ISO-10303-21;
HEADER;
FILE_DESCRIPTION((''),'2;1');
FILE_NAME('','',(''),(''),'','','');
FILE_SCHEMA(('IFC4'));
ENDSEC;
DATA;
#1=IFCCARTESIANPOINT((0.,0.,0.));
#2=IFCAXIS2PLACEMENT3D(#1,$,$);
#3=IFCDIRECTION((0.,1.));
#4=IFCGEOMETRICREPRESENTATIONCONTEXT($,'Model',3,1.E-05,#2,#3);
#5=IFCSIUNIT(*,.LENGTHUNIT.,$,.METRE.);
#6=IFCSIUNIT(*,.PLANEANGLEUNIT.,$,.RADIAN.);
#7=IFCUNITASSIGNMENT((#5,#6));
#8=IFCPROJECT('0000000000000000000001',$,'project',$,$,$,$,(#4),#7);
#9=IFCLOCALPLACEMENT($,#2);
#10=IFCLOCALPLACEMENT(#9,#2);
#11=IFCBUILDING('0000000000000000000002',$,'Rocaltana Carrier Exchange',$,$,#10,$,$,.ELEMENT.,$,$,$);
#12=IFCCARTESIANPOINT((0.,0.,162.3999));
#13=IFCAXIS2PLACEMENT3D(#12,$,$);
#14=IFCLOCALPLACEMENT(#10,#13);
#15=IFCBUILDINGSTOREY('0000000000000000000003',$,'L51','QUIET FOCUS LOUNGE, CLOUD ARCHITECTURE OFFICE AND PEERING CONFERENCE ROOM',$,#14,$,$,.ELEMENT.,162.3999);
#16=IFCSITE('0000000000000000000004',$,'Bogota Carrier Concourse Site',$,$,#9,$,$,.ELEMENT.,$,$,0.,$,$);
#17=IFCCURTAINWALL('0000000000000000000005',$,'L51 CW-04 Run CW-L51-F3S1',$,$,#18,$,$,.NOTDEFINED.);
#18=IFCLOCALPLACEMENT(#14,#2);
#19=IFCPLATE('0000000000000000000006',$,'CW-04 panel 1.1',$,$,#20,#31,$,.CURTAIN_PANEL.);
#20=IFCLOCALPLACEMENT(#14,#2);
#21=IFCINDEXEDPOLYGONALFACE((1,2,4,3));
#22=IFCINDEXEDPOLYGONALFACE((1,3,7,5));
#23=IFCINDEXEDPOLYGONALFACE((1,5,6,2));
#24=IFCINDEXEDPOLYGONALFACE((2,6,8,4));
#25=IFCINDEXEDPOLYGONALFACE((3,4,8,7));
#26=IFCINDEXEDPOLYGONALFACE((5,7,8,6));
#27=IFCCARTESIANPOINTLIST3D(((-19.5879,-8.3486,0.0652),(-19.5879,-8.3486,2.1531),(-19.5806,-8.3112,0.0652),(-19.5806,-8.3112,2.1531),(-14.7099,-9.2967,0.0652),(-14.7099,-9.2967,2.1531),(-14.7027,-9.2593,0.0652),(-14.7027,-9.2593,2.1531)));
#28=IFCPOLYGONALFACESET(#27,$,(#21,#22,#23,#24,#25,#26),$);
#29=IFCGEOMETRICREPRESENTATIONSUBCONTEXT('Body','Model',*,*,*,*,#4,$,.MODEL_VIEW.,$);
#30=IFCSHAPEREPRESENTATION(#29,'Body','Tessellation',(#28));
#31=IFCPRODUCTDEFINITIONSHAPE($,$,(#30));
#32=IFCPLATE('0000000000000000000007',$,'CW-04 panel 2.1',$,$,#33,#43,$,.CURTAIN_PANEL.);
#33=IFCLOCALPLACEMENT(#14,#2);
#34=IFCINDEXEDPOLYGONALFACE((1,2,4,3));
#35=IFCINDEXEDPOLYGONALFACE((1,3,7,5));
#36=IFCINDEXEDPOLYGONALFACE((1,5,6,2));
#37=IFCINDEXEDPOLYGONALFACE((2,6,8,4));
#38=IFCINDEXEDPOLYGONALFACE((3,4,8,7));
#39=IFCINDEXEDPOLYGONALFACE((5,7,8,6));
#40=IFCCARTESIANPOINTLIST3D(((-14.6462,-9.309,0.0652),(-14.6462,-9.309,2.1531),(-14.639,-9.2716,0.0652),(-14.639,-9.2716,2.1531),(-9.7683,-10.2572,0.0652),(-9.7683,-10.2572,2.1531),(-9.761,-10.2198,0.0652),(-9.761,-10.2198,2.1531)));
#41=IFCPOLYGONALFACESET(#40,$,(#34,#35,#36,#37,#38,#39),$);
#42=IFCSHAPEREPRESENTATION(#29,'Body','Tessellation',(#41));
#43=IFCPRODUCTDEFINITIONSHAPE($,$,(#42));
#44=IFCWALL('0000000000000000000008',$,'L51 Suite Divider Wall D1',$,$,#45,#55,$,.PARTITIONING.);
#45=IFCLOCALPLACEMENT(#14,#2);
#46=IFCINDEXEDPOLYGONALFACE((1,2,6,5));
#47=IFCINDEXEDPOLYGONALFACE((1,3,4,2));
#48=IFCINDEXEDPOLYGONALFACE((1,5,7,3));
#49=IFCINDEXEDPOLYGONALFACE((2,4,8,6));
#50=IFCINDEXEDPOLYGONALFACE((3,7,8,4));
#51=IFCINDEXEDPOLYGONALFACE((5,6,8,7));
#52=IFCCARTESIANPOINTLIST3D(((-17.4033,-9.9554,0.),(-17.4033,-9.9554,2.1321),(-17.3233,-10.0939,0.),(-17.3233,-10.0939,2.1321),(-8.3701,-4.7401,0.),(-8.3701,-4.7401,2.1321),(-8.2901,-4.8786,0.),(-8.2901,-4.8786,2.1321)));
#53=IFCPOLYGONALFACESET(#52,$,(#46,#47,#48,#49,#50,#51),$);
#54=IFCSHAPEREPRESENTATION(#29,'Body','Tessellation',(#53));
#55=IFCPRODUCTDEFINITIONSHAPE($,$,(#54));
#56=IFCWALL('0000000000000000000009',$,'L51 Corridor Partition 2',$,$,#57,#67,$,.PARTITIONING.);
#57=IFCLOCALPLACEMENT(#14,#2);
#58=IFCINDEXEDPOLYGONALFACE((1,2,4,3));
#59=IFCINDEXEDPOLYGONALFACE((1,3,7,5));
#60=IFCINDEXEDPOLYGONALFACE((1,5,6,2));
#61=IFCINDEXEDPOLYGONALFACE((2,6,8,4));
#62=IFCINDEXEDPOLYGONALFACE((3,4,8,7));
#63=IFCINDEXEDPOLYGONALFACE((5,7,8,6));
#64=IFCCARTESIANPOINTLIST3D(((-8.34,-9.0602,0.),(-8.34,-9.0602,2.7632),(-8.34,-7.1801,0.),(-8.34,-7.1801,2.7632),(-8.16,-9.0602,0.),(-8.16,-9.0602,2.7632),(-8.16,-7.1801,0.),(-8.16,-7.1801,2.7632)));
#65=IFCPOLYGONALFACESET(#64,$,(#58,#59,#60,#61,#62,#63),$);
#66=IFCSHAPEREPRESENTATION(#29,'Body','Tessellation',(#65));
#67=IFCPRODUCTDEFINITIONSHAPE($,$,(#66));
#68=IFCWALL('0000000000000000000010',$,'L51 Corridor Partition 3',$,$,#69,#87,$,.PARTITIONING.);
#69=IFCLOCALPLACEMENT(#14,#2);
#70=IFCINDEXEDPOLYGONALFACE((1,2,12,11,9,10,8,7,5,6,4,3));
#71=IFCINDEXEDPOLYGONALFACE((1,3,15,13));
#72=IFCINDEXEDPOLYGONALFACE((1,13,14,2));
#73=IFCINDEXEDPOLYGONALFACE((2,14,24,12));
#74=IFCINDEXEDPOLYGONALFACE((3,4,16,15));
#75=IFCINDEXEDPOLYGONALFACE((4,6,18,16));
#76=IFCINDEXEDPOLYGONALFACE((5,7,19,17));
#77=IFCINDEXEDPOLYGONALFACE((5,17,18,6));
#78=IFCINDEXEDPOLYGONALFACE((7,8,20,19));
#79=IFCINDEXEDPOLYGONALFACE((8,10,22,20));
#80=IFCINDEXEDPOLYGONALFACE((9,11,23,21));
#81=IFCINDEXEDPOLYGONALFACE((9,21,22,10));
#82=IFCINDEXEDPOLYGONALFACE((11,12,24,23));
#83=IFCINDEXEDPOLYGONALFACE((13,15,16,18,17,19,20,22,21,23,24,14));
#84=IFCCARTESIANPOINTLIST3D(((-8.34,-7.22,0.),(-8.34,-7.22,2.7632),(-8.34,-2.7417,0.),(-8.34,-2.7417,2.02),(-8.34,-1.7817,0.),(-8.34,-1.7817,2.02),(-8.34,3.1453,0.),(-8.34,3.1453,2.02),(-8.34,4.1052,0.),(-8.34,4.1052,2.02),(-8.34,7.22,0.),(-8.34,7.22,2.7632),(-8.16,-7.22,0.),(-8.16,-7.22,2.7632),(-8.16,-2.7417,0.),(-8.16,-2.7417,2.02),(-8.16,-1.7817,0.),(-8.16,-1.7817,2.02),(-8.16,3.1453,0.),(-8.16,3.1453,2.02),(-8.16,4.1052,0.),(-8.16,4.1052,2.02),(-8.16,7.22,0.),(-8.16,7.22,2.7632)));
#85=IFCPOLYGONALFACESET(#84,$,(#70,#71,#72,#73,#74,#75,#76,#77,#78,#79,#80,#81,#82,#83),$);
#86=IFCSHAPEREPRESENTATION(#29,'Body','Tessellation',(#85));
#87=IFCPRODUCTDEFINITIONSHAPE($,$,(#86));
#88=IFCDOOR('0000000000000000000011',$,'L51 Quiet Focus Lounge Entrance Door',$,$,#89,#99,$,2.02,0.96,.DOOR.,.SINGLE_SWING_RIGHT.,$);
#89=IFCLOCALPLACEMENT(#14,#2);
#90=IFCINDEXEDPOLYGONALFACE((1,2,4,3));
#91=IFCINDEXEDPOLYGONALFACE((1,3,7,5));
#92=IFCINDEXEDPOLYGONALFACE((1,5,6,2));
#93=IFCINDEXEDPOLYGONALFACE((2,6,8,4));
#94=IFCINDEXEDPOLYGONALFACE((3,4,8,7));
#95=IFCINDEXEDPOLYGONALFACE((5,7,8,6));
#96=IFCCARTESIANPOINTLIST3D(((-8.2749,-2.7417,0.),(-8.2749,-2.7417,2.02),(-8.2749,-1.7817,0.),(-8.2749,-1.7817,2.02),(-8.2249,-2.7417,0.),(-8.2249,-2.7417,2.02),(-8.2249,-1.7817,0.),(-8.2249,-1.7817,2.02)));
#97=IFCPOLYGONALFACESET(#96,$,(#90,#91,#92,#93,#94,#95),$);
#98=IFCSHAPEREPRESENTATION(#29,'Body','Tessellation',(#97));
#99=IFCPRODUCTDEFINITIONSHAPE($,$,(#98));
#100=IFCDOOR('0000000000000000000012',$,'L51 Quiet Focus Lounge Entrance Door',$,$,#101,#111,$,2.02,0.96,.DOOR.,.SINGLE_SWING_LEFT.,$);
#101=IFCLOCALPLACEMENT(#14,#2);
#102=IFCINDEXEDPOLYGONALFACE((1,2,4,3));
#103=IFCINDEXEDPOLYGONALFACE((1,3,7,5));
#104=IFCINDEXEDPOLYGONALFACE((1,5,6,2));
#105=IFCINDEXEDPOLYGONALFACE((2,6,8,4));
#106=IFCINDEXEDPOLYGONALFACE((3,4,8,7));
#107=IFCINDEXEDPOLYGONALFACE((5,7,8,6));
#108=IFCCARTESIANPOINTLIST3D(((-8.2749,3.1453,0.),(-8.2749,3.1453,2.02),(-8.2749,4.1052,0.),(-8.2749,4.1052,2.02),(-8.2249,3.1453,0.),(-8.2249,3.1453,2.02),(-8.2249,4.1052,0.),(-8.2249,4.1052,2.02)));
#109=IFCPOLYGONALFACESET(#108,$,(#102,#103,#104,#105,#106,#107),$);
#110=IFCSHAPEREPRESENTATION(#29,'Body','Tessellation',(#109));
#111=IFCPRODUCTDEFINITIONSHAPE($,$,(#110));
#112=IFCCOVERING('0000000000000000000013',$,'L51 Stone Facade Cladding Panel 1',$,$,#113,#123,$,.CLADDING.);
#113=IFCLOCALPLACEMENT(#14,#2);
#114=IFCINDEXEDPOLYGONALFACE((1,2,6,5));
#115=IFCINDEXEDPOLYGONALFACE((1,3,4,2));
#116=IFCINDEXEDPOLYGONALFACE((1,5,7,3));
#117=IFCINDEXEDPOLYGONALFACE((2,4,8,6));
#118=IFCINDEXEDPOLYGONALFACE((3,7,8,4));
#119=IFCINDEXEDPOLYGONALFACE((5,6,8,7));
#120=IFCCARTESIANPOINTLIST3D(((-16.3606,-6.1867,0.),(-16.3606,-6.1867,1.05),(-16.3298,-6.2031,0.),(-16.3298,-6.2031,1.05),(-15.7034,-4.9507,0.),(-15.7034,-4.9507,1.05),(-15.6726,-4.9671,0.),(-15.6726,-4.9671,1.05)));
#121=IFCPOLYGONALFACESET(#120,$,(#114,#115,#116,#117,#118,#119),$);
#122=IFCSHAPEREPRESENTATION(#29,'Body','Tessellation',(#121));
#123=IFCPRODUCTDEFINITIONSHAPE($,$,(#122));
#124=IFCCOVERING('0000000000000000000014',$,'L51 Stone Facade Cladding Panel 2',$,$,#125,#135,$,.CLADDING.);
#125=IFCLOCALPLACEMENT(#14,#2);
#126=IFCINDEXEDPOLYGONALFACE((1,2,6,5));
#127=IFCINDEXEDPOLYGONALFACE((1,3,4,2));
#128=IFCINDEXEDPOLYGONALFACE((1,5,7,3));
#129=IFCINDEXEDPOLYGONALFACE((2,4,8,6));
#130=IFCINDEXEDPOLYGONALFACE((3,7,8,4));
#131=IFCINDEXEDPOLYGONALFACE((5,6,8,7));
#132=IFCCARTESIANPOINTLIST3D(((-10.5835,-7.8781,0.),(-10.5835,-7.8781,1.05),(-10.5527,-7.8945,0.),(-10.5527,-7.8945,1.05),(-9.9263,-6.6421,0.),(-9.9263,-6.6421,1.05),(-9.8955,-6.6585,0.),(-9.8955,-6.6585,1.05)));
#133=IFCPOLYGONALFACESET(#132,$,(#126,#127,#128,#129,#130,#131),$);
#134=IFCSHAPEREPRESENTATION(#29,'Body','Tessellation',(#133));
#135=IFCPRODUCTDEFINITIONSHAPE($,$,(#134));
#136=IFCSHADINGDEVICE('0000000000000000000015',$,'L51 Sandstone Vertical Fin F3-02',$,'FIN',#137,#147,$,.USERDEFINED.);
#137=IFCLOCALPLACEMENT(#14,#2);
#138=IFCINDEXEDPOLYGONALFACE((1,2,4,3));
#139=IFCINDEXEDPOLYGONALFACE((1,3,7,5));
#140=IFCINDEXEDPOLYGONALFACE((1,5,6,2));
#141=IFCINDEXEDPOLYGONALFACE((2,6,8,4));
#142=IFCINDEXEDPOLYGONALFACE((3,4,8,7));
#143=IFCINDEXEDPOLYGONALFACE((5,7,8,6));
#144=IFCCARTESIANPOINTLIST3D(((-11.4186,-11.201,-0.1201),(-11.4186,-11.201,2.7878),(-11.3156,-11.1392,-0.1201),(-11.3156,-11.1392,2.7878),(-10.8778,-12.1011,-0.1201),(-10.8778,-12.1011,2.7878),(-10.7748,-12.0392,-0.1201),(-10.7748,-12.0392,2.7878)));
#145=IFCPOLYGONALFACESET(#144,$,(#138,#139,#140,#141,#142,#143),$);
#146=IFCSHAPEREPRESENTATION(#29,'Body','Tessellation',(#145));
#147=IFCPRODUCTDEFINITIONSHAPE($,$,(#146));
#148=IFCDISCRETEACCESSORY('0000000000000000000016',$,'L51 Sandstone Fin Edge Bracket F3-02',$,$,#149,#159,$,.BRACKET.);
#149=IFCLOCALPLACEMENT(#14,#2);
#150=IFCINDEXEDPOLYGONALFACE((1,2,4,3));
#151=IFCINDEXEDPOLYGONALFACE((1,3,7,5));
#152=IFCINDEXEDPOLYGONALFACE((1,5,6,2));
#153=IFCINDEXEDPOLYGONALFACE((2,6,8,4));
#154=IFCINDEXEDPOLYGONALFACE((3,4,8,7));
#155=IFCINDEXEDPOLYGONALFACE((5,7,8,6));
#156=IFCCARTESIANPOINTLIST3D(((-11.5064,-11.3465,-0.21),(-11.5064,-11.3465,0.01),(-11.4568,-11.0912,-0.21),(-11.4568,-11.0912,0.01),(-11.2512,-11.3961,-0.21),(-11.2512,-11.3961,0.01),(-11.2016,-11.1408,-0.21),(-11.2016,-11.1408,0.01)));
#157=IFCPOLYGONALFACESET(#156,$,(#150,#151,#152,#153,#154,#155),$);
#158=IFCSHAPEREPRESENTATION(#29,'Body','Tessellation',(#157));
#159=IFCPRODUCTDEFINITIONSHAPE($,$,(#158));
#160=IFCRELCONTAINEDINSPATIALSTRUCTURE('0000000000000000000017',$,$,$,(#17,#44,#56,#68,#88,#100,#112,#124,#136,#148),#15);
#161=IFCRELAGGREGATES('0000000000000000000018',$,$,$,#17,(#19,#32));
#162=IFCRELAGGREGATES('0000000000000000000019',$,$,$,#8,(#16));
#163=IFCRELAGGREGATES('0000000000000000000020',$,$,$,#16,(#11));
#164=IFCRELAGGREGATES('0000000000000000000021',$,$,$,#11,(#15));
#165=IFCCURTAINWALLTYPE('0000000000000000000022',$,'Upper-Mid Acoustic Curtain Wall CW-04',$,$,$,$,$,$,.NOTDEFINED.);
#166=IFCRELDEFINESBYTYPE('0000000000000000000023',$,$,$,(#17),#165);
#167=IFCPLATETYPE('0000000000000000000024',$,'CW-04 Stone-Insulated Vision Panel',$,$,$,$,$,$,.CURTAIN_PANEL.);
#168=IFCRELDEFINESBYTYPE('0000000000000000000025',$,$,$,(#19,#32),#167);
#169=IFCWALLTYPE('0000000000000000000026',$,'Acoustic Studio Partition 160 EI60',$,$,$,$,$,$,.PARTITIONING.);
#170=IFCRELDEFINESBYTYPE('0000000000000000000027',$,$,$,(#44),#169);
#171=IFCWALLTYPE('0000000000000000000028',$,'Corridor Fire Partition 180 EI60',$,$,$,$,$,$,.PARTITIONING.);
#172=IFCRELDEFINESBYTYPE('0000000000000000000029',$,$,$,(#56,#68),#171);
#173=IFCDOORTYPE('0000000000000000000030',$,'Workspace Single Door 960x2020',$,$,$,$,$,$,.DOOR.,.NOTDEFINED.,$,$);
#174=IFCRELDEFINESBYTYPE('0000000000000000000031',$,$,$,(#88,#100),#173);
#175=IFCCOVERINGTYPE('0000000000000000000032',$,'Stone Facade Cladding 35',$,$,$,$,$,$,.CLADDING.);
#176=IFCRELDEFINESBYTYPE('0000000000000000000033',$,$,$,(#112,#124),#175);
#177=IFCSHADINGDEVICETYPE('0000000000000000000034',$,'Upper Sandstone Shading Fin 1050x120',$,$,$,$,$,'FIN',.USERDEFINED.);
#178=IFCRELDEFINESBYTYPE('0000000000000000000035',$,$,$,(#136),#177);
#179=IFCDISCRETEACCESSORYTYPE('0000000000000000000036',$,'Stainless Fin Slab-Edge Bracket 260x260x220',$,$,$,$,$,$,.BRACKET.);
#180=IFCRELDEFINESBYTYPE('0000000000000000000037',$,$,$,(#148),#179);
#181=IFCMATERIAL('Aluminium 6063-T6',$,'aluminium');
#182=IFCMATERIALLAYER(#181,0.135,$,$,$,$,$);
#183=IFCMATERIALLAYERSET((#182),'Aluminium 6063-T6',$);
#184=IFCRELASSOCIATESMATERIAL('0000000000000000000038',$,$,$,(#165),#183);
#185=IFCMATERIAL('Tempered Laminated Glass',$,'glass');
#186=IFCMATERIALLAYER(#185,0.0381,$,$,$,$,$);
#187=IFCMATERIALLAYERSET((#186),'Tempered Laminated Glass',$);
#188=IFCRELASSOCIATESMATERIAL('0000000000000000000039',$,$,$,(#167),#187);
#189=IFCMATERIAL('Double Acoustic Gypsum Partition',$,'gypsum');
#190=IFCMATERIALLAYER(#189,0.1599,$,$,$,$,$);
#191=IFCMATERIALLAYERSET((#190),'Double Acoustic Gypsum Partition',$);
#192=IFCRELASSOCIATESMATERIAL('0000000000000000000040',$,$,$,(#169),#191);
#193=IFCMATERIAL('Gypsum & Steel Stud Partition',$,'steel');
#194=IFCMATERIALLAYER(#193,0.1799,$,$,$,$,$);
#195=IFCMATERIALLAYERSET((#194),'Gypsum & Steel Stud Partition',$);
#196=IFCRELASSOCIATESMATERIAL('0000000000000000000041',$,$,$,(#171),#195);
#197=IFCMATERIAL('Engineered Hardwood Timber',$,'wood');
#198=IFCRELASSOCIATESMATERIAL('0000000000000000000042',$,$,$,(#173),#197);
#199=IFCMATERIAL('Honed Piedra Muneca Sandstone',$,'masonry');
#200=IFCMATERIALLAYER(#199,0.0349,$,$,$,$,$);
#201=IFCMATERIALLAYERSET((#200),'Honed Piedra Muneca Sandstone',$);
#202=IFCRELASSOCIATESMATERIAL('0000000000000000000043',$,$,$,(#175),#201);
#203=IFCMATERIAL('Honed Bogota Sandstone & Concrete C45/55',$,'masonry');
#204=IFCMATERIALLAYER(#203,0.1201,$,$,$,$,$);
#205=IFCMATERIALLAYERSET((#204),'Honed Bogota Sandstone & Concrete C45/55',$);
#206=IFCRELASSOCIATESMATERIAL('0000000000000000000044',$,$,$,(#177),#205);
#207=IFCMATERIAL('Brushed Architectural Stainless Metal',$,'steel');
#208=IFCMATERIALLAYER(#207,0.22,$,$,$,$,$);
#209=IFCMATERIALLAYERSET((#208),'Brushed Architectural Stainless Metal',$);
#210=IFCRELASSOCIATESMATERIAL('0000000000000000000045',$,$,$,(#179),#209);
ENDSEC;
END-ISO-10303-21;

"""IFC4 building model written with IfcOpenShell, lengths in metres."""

from ifc_helpers import new_model, si_unit, direction, frame, frame_2d, origin, origin_2d, place, context, subcontext, project, spatial, rectangle, extrude, material, layer, layer_set, type_object, element, fill, aggregate, save


model = new_model("IFC4")

# Units and contexts
model_context = context("Model", 3, precision=1e-05, world=origin(), true_north=direction((0.0, 1.0)))
body_context = subcontext(model_context, "Body", "Model", "MODEL_VIEW")
ifc_project = project(units=[si_unit("LENGTHUNIT", "METRE"), si_unit("PLANEANGLEUNIT", "RADIAN")], contexts=[model_context])

# Site, building, storey
site_placement = place(None, origin())
site = spatial("IfcSite", under=ifc_project, at=site_placement, Name="Bogota Carrier Concourse Site", CompositionType="ELEMENT", RefElevation=0.0)
building_placement = place(site_placement, origin())
building = spatial("IfcBuilding", under=site, at=building_placement, Name="Rocaltana Carrier Exchange", CompositionType="ELEMENT")
storey_placement = place(building_placement, frame((0.0, 0.0, 162.3999)))
storey = spatial("IfcBuildingStorey", under=building, at=storey_placement, Name="L51", Description="QUIET FOCUS LOUNGE, CLOUD ARCHITECTURE OFFICE AND PEERING CONFERENCE ROOM", CompositionType="ELEMENT", Elevation=162.3999)

# Curtain wall
ifc_material_1 = material(Name="Aluminium 6063-T6", Category="aluminium")
ifc_layer_1 = layer(ifc_material_1, 0.135)
ifc_layer_set_1 = layer_set([ifc_layer_1], Name="Aluminium 6063-T6")
curtain_wall_type = type_object("IfcCurtainWallType", Name="Upper-Mid Acoustic Curtain Wall CW-04", PredefinedType="NOTDEFINED", material=ifc_layer_set_1)
curtain_wall_placement = place(storey_placement, origin())
curtain_wall = element("IfcCurtainWall", 1, at=curtain_wall_placement, inside=storey, type_object=curtain_wall_type, Name="L51 CW-04 Run CW-L51-F3S1", PredefinedType="NOTDEFINED")

# Plates
ifc_material_2 = material(Name="Tempered Laminated Glass", Category="glass")
ifc_layer_2 = layer(ifc_material_2, 0.0381)
ifc_layer_set_2 = layer_set([ifc_layer_2], Name="Tempered Laminated Glass")
plate_type = type_object("IfcPlateType", Name="CW-04 Stone-Insulated Vision Panel", PredefinedType="CURTAIN_PANEL", material=ifc_layer_set_2)
plate_1_placement = place(storey_placement, frame((-17.1453, -8.804, 0.0652), z_axis=(0.0, 0.0, 1.0), x_axis=(0.981628, -0.190803, 0.0)))
plate_1 = element("IfcPlate", 2, at=plate_1_placement, type_object=plate_type, Name="CW-04 panel 1.1", PredefinedType="CURTAIN_PANEL", context=body_context, shape_type="SweptSolid", body=[
    extrude(rectangle(XDim=4.9692, YDim=0.0381, at=origin_2d()), origin(), (0.0, 0.0, 1.0), 2.0879),
])
plate_2_placement = place(storey_placement, frame((-12.2036, -9.7644, 0.0652), z_axis=(0.0, 0.0, 1.0), x_axis=(0.981628, -0.190803, 0.0)))
plate_2 = element("IfcPlate", 3, at=plate_2_placement, type_object=plate_type, Name="CW-04 panel 2.1", PredefinedType="CURTAIN_PANEL", context=body_context, shape_type="SweptSolid", body=[
    extrude(rectangle(XDim=4.9692, YDim=0.0381, at=origin_2d()), origin(), (0.0, 0.0, 1.0), 2.0879),
])
aggregate(curtain_wall, [plate_1, plate_2])

# Walls
ifc_material_3 = material(Name="Double Acoustic Gypsum Partition", Category="gypsum")
ifc_layer_3 = layer(ifc_material_3, 0.1599)
ifc_layer_set_3 = layer_set([ifc_layer_3], Name="Double Acoustic Gypsum Partition")
wall_type_1 = type_object("IfcWallType", Name="Acoustic Studio Partition 160 EI60", PredefinedType="PARTITIONING", material=ifc_layer_set_3)
wall_1_placement = place(storey_placement, frame((-8.3301, -4.8093, 0.0), z_axis=(0.0, 0.0, 1.0), x_axis=(-0.866025, -0.500001, 0.0)))
element("IfcWall", 4, at=wall_1_placement, inside=storey, type_object=wall_type_1, Name="L51 Suite Divider Wall D1", PredefinedType="PARTITIONING", context=body_context, shape_type="SweptSolid", body=[
    extrude(rectangle(XDim=10.4307, YDim=0.1599, at=frame_2d((5.2153, 0.0))), origin(), (0.0, 0.0, 1.0), 2.1321),
])
ifc_material_4 = material(Name="Gypsum & Steel Stud Partition", Category="steel")
ifc_layer_4 = layer(ifc_material_4, 0.1799)
ifc_layer_set_4 = layer_set([ifc_layer_4], Name="Gypsum & Steel Stud Partition")
wall_type_2 = type_object("IfcWallType", Name="Corridor Fire Partition 180 EI60", PredefinedType="PARTITIONING", material=ifc_layer_set_4)
wall_2_placement = place(storey_placement, frame((-8.25, -9.0601, 0.0), z_axis=(0.0, 0.0, 1.0), x_axis=(0.0, 1.0, 0.0)))
element("IfcWall", 5, at=wall_2_placement, inside=storey, type_object=wall_type_2, Name="L51 Corridor Partition 2", PredefinedType="PARTITIONING", context=body_context, shape_type="SweptSolid", body=[
    extrude(rectangle(XDim=1.8801, YDim=0.1799, at=frame_2d((0.9399, 0.0))), origin(), (0.0, 0.0, 1.0), 2.7632),
])

# Wall, openings, doors
wall_3_placement = place(storey_placement, frame((-8.25, -7.22, 0.0), z_axis=(0.0, 0.0, 1.0), x_axis=(0.0, 1.0, 0.0)))
wall_3 = element("IfcWall", 6, at=wall_3_placement, inside=storey, type_object=wall_type_2, Name="L51 Corridor Partition 3", PredefinedType="PARTITIONING", context=body_context, shape_type="SweptSolid", body=[
    extrude(rectangle(XDim=14.4399, YDim=0.1799, at=frame_2d((7.22, 0.0))), origin(), (0.0, 0.0, 1.0), 2.7632),
])
opening_1_placement = place(wall_3_placement, frame((4.4783, 0.0, 0.0)))
opening_1 = element("IfcOpeningElement", 7, at=opening_1_placement, cuts=wall_3, PredefinedType="OPENING", context=body_context, shape_type="SweptSolid", body=[
    extrude(rectangle(XDim=0.96, YDim=2.02, at=frame_2d((0.48, 1.01))), frame((0.0, 0.0999, 0.0), z_axis=(0.0, -1.0, 0.0), x_axis=(1.0, 0.0, 0.0)), (0.0, 0.0, 1.0), 0.2),
])
opening_2_placement = place(wall_3_placement, frame((10.3652, 0.0, 0.0)))
opening_2 = element("IfcOpeningElement", 8, at=opening_2_placement, cuts=wall_3, PredefinedType="OPENING", context=body_context, shape_type="SweptSolid", body=[
    extrude(rectangle(XDim=0.96, YDim=2.02, at=frame_2d((0.48, 1.01))), frame((0.0, 0.0999, 0.0), z_axis=(0.0, -1.0, 0.0), x_axis=(1.0, 0.0, 0.0)), (0.0, 0.0, 1.0), 0.2),
])
ifc_material_5 = material(Name="Engineered Hardwood Timber", Category="wood")
door_type = type_object("IfcDoorType", Name="Workspace Single Door 960x2020", OperationType="NOTDEFINED", PredefinedType="DOOR", material=ifc_material_5)
door_1_placement = place(opening_1_placement, origin())
door_1 = element("IfcDoor", 9, at=door_1_placement, inside=storey, type_object=door_type, Name="L51 Quiet Focus Lounge Entrance Door", OperationType="SINGLE_SWING_RIGHT", OverallHeight=2.02, OverallWidth=0.96, PredefinedType="DOOR", context=body_context, shape_type="SweptSolid", body=[
    extrude(rectangle(XDim=0.96, YDim=2.02, at=frame_2d((0.48, 1.01))), frame((0.0, 0.0249, 0.0), z_axis=(0.0, -1.0, 0.0), x_axis=(1.0, 0.0, 0.0)), (0.0, 0.0, 1.0), 0.05),
])
fill(opening_1, door_1)
door_2_placement = place(opening_2_placement, origin())
door_2 = element("IfcDoor", 10, at=door_2_placement, inside=storey, type_object=door_type, Name="L51 Quiet Focus Lounge Entrance Door", OperationType="SINGLE_SWING_LEFT", OverallHeight=2.02, OverallWidth=0.96, PredefinedType="DOOR", context=body_context, shape_type="SweptSolid", body=[
    extrude(rectangle(XDim=0.96, YDim=2.02, at=frame_2d((0.48, 1.01))), frame((0.0, 0.0249, 0.0), z_axis=(0.0, -1.0, 0.0), x_axis=(1.0, 0.0, 0.0)), (0.0, 0.0, 1.0), 0.05),
])
fill(opening_2, door_2)

# Coverings
ifc_material_6 = material(Name="Honed Piedra Muneca Sandstone", Category="masonry")
ifc_layer_5 = layer(ifc_material_6, 0.0349)
ifc_layer_set_5 = layer_set([ifc_layer_5], Name="Honed Piedra Muneca Sandstone")
covering_type = type_object("IfcCoveringType", Name="Stone Facade Cladding 35", PredefinedType="CLADDING", material=ifc_layer_set_5)
for number, where, z_axis, x_axis, name in (
    (11, (-16.0166, -5.5769, 0.0), (0.0, 0.0, 1.0), (0.469472, 0.882948, 0.0), "L51 Stone Facade Cladding Panel 1"),
    (12, (-10.2395, -7.2683, 0.0), (0.0, 0.0, 1.0), (0.469472, 0.882948, 0.0), "L51 Stone Facade Cladding Panel 2"),
):
    element("IfcCovering", number, at=place(storey_placement, frame(where, z_axis=z_axis, x_axis=x_axis)), inside=storey, type_object=covering_type, Name=name, PredefinedType="CLADDING", context=body_context, shape_type="SweptSolid", body=[
        extrude(rectangle(XDim=1.3999, YDim=0.0349, at=origin_2d()), origin(), (0.0, 0.0, 1.0), 1.05),
    ])

# Shading device
ifc_material_7 = material(Name="Honed Bogota Sandstone & Concrete C45/55", Category="masonry")
ifc_layer_6 = layer(ifc_material_7, 0.1201)
ifc_layer_set_6 = layer_set([ifc_layer_6], Name="Honed Bogota Sandstone & Concrete C45/55")
shading_device_type = type_object("IfcShadingDeviceType", Name="Upper Sandstone Shading Fin 1050x120", ElementType="FIN", PredefinedType="USERDEFINED", material=ifc_layer_set_6)
shading_device_placement = place(storey_placement, frame((-11.0967, -11.6201, -0.1201), z_axis=(0.0, 0.0, 1.0), x_axis=(0.515038, -0.857167, 0.0)))
element("IfcShadingDevice", 13, at=shading_device_placement, inside=storey, type_object=shading_device_type, Name="L51 Sandstone Vertical Fin F3-02", ObjectType="FIN", PredefinedType="USERDEFINED", context=body_context, shape_type="SweptSolid", body=[
    extrude(rectangle(XDim=1.05, YDim=0.1201, at=origin_2d()), origin(), (0.0, 0.0, 1.0), 2.908),
])

# Discrete accessory
ifc_material_8 = material(Name="Brushed Architectural Stainless Metal", Category="steel")
ifc_layer_7 = layer(ifc_material_8, 0.22)
ifc_layer_set_7 = layer_set([ifc_layer_7], Name="Brushed Architectural Stainless Metal")
discrete_accessory_type = type_object("IfcDiscreteAccessoryType", Name="Stainless Fin Slab-Edge Bracket 260x260x220", PredefinedType="BRACKET", material=ifc_layer_set_7)
discrete_accessory_placement = place(storey_placement, frame((-11.354, -11.2437, -0.21), z_axis=(0.0, 0.0, 1.0), x_axis=(0.981627, -0.190809, 0.0)))
element("IfcDiscreteAccessory", 14, at=discrete_accessory_placement, inside=storey, type_object=discrete_accessory_type, Name="L51 Sandstone Fin Edge Bracket F3-02", PredefinedType="BRACKET", context=body_context, shape_type="SweptSolid", body=[
    extrude(rectangle(XDim=0.26, YDim=0.26, at=origin_2d()), origin(), (0.0, 0.0, 1.0), 0.22),
])

save(model, "model.ifc")
